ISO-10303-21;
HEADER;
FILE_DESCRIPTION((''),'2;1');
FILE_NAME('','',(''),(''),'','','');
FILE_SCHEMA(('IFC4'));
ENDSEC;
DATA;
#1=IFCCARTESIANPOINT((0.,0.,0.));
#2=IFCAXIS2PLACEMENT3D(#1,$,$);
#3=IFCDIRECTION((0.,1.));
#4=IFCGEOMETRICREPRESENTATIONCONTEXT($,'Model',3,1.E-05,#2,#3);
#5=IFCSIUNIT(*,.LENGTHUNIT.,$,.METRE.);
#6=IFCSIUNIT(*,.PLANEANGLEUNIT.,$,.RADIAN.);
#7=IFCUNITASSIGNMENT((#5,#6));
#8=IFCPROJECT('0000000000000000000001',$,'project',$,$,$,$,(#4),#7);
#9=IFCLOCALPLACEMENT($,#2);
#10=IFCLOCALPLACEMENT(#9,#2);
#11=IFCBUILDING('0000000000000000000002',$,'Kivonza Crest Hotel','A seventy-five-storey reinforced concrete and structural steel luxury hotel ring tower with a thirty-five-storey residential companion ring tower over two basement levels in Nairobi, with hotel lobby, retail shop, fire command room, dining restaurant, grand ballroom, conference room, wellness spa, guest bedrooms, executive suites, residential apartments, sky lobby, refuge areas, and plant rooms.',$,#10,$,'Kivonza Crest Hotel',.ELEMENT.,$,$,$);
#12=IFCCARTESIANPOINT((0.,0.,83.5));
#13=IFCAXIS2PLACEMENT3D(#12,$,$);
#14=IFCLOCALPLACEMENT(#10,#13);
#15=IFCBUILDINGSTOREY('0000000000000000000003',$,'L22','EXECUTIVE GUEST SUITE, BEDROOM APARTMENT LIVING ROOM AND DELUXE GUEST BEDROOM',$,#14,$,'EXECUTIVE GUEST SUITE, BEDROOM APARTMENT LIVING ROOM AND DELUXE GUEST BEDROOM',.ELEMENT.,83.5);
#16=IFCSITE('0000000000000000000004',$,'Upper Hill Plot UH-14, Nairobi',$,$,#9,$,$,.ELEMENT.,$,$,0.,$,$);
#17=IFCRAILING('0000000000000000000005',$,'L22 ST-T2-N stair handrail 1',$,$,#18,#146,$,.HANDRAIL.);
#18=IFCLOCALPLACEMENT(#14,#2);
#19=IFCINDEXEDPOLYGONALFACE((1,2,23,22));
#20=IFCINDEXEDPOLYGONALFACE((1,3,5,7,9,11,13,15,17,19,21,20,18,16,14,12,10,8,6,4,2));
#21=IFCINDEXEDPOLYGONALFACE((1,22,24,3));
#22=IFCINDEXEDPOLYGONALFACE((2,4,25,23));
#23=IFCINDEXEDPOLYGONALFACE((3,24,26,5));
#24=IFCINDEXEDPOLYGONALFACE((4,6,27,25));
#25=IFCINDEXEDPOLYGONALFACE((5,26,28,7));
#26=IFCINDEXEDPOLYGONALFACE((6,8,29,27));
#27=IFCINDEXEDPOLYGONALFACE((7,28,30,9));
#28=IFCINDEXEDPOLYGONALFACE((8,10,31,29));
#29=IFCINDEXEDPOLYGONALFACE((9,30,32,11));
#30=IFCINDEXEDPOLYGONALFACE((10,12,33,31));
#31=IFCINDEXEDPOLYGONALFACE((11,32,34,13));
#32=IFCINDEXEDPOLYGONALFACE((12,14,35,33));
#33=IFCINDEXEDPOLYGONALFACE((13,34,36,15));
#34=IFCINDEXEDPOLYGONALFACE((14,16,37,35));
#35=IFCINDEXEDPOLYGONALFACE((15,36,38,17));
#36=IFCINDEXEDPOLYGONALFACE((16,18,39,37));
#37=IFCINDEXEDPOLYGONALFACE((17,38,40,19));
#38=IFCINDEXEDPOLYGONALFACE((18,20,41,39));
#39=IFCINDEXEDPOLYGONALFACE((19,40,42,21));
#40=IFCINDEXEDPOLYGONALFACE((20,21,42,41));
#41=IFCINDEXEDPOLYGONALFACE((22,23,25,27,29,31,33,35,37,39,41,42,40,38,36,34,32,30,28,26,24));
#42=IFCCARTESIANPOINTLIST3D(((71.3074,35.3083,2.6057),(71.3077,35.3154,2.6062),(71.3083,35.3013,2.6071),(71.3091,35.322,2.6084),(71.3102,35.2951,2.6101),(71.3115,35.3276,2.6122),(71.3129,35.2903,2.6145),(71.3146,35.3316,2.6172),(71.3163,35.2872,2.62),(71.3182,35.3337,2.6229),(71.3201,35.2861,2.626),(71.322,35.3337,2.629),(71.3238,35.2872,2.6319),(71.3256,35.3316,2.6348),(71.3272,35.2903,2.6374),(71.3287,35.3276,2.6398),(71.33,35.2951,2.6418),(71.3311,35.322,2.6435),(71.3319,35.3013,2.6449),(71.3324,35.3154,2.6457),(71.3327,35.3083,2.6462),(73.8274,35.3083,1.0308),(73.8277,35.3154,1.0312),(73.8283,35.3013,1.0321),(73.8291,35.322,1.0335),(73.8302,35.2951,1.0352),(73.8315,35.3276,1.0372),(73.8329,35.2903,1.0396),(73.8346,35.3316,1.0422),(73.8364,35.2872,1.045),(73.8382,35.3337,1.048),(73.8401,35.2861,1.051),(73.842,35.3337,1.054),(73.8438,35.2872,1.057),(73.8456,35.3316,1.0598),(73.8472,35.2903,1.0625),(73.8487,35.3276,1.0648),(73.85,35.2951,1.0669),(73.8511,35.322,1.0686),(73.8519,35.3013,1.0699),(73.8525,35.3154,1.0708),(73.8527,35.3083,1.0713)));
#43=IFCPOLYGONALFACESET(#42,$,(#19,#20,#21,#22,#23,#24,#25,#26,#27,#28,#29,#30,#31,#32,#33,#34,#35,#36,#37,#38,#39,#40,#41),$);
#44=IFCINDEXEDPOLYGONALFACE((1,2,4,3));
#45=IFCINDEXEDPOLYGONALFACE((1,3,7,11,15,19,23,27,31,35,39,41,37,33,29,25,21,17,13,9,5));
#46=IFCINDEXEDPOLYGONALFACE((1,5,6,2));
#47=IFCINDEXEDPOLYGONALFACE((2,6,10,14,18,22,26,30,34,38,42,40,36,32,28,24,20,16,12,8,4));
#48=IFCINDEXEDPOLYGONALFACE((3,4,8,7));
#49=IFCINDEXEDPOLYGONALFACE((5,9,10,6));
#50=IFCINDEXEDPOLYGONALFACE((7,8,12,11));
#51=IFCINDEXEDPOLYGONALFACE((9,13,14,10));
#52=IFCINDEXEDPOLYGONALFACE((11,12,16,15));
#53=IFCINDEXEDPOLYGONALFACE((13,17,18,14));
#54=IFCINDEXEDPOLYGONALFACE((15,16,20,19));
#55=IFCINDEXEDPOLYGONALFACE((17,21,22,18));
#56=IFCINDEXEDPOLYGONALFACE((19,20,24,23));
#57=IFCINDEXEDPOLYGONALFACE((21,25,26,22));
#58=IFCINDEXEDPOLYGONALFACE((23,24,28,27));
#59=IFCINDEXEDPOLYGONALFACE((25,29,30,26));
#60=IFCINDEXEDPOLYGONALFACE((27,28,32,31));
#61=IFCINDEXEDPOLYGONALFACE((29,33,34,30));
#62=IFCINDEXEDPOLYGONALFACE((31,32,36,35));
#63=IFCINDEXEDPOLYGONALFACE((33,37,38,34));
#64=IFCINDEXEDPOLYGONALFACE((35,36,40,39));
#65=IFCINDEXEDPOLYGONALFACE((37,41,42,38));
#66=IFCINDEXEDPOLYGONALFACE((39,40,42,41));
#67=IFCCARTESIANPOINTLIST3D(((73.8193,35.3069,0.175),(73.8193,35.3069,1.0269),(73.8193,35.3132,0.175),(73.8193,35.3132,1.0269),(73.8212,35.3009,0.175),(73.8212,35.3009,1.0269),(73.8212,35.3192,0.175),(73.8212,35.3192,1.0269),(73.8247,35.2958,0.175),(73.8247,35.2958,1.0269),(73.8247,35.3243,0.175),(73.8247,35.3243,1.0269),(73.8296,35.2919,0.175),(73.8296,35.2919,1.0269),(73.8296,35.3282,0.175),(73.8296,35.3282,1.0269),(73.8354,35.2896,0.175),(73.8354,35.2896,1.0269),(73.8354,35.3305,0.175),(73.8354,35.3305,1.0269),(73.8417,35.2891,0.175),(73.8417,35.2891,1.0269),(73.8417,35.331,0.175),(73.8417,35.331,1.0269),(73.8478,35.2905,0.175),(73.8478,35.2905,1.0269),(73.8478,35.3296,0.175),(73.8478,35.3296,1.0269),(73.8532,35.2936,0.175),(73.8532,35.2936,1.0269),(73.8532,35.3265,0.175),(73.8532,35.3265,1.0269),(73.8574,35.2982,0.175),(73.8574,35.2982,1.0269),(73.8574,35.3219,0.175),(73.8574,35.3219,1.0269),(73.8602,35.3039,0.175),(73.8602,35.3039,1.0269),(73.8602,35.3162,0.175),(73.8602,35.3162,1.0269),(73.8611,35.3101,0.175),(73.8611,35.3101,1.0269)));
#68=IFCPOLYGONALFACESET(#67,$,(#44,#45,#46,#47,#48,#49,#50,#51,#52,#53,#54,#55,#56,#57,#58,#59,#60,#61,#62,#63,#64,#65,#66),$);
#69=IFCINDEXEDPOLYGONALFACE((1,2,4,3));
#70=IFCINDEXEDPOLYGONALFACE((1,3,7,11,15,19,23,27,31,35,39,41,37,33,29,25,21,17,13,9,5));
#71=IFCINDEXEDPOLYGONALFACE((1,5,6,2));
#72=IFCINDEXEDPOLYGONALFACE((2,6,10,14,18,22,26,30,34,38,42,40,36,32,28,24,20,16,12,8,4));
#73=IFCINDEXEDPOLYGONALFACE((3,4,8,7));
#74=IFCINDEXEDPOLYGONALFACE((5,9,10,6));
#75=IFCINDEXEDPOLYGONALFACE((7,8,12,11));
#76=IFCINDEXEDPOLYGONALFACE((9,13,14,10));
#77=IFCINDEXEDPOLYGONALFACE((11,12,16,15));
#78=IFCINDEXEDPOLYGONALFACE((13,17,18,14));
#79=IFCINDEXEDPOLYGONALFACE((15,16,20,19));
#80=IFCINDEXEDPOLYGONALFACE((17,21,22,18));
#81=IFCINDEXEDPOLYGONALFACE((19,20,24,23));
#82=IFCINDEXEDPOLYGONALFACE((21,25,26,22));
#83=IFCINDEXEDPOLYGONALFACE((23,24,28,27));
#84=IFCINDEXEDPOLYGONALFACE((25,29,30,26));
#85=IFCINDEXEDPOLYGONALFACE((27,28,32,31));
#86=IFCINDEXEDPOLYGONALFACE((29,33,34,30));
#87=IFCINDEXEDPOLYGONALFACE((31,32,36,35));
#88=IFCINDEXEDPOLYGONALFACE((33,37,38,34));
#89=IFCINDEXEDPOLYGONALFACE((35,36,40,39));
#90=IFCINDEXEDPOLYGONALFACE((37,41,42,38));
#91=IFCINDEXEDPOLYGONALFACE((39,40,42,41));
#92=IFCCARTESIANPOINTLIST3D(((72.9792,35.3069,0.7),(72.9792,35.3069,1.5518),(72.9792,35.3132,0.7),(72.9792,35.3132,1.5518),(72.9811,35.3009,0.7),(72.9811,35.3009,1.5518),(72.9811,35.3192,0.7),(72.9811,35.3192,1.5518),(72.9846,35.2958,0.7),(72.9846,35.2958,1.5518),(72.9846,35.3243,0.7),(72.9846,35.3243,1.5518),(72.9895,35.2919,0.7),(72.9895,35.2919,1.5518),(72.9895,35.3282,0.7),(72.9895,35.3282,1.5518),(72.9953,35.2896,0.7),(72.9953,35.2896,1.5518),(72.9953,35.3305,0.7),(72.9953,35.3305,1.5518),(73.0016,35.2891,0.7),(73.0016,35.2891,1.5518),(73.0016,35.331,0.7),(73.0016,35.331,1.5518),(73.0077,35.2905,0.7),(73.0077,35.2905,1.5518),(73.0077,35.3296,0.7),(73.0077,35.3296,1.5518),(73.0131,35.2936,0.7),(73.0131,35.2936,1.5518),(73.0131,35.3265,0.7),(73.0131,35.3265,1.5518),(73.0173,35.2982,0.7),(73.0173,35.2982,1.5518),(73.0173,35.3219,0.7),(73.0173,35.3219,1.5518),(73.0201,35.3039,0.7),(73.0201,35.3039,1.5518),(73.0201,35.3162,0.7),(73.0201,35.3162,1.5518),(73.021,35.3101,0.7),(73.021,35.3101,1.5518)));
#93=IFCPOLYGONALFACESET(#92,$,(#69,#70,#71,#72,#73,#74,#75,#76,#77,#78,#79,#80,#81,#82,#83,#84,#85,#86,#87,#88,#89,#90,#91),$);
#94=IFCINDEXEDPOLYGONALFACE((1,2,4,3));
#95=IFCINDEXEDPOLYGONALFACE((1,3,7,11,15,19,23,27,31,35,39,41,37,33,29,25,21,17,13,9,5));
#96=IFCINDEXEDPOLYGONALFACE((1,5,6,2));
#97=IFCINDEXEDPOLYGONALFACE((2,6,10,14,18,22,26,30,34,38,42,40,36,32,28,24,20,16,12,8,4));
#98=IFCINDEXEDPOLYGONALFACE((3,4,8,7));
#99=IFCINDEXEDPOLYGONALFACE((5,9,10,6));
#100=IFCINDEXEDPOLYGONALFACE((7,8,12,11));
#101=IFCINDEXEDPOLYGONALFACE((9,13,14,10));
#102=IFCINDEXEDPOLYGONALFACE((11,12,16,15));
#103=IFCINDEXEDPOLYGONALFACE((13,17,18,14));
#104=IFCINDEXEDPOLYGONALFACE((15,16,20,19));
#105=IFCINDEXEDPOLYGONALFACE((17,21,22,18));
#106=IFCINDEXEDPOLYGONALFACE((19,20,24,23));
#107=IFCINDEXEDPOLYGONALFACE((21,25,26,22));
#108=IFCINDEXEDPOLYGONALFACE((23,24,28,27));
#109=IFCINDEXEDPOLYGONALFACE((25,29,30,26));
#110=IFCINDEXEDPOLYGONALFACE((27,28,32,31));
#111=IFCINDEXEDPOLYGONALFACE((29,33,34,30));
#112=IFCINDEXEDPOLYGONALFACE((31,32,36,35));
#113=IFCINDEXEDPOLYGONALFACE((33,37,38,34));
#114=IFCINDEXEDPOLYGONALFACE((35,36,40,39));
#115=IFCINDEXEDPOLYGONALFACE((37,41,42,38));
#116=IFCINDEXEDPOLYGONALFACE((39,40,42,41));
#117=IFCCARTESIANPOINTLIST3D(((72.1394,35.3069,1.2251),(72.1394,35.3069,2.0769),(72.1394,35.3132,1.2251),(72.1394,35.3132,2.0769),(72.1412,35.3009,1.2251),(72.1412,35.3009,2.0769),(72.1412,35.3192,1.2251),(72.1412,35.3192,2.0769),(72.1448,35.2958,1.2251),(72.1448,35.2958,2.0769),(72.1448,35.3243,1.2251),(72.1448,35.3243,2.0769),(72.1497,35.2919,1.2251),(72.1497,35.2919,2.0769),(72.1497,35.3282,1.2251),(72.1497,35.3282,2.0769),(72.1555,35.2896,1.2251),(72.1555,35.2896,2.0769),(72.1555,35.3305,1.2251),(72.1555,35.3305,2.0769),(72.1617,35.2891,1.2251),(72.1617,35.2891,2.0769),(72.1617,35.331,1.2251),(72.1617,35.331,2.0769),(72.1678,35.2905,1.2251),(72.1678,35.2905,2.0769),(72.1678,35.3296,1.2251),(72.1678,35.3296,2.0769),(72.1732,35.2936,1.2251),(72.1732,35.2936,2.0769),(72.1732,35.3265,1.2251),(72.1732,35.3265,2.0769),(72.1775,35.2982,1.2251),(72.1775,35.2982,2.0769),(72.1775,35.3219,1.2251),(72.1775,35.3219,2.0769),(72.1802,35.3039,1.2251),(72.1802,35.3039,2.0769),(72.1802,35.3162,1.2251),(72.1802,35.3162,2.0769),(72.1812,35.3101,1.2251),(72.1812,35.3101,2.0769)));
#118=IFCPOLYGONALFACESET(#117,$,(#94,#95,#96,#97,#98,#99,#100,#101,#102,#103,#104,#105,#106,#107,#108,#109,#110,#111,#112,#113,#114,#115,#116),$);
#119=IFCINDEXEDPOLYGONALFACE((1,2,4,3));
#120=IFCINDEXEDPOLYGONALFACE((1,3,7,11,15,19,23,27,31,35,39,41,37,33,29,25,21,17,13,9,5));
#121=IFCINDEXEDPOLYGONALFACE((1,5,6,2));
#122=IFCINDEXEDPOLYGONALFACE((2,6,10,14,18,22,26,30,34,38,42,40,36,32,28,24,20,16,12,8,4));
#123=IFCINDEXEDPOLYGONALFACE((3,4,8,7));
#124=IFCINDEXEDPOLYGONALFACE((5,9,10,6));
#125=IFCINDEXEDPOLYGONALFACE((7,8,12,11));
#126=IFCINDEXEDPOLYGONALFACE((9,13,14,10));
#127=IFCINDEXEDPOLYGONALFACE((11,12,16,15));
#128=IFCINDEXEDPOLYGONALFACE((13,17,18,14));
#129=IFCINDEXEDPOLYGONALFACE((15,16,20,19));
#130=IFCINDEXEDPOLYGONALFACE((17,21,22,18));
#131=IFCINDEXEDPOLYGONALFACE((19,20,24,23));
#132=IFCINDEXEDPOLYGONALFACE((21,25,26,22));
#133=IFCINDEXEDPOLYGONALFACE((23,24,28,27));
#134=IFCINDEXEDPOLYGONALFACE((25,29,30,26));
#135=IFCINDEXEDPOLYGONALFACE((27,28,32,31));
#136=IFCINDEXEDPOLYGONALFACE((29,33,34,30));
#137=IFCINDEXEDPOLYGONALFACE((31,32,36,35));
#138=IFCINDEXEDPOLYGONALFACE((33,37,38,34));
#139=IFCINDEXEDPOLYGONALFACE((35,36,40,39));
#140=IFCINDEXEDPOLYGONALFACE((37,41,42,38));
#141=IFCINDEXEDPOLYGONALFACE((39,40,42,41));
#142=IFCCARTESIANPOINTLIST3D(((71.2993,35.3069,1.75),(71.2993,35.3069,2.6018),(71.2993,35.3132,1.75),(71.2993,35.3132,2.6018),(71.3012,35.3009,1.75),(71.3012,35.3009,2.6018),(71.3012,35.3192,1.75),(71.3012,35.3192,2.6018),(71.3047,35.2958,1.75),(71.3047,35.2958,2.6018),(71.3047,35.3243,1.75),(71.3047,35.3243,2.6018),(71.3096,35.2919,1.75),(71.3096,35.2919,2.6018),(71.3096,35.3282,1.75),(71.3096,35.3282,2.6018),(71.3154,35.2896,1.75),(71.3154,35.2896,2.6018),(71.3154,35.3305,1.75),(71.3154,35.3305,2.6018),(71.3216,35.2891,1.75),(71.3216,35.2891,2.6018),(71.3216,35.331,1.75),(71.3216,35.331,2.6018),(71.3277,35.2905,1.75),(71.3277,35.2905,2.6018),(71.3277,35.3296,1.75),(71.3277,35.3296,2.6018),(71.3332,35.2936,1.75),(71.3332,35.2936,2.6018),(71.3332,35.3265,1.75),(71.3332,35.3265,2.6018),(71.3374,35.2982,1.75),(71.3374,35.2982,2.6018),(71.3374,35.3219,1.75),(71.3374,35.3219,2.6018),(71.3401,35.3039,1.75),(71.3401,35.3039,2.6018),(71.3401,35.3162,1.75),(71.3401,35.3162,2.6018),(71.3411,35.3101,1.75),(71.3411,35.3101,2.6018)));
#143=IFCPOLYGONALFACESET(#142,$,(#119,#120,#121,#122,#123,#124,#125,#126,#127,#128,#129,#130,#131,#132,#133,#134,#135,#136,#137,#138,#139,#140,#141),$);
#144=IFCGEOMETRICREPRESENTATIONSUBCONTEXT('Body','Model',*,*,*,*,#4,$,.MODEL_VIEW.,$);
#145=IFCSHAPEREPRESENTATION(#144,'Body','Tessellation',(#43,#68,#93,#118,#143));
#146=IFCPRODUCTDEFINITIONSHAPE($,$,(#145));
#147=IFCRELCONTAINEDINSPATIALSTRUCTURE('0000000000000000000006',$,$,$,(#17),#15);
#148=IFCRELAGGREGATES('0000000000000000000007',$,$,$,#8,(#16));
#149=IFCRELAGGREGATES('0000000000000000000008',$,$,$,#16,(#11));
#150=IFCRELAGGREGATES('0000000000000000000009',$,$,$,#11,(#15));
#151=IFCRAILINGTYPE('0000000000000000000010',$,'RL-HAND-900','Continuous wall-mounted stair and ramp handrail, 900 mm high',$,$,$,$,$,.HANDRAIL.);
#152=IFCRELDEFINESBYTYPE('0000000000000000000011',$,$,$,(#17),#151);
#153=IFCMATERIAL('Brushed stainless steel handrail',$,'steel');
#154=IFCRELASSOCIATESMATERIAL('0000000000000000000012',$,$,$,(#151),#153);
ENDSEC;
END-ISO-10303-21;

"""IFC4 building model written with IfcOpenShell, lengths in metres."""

from ifc_helpers import new_model, si_unit, direction, frame, origin, origin_2d, place, context, subcontext, project, spatial, circle, extrude, material, type_object, element, save


model = new_model("IFC4")

# Units and contexts
model_context = context("Model", 3, precision=1e-05, world=origin(), true_north=direction((0.0, 1.0)))
body_context = subcontext(model_context, "Body", "Model", "MODEL_VIEW")
ifc_project = project(units=[si_unit("LENGTHUNIT", "METRE"), si_unit("PLANEANGLEUNIT", "RADIAN")], contexts=[model_context])

# Site, building, storey
site_placement = place(None, origin())
site = spatial("IfcSite", under=ifc_project, at=site_placement, Name="Upper Hill Plot UH-14, Nairobi", CompositionType="ELEMENT", RefElevation=0.0)
building_placement = place(site_placement, origin())
building = spatial("IfcBuilding", under=site, at=building_placement, Name="Kivonza Crest Hotel", Description="A seventy-five-storey reinforced concrete and structural steel luxury hotel ring tower with a thirty-five-storey residential companion ring tower over two basement levels in Nairobi, with hotel lobby, retail shop, fire command room, dining restaurant, grand ballroom, conference room, wellness spa, guest bedrooms, executive suites, residential apartments, sky lobby, refuge areas, and plant rooms.", LongName="Kivonza Crest Hotel", CompositionType="ELEMENT")
storey_placement = place(building_placement, frame((0.0, 0.0, 83.5)))
storey = spatial("IfcBuildingStorey", under=building, at=storey_placement, Name="L22", Description="EXECUTIVE GUEST SUITE, BEDROOM APARTMENT LIVING ROOM AND DELUXE GUEST BEDROOM", LongName="EXECUTIVE GUEST SUITE, BEDROOM APARTMENT LIVING ROOM AND DELUXE GUEST BEDROOM", CompositionType="ELEMENT", Elevation=83.5)

# Railing
ifc_material_1 = material(Name="Brushed stainless steel handrail", Category="steel")
railing_type = type_object("IfcRailingType", Name="RL-HAND-900", Description="Continuous wall-mounted stair and ramp handrail, 900 mm high", PredefinedType="HANDRAIL", material=ifc_material_1)
railing_placement = place(storey_placement, frame((73.8401, 35.3101, 0.175)))
element("IfcRailing", 1, at=railing_placement, inside=storey, type_object=railing_type, Name="L22 ST-T2-N stair handrail 1", PredefinedType="HANDRAIL", context=body_context, shape_type="SweptSolid", body=[
    extrude(circle(Radius=0.0239, at=origin_2d()), frame((0.0, 0.0, 0.876), z_axis=(-0.848008, 0.0, 0.529984), x_axis=(0.0, -1.0, 0.0)), (0.0, 0.0, 1.0), 2.9717),
    extrude(circle(Radius=0.021, at=origin_2d()), origin(), (0.0, 0.0, 1.0), 0.8518),
    extrude(circle(Radius=0.021, at=origin_2d()), frame((-0.8401, 0.0, 0.5249)), (0.0, 0.0, 1.0), 0.8518),
    extrude(circle(Radius=0.021, at=origin_2d()), frame((-1.6799, 0.0, 1.05)), (0.0, 0.0, 1.0), 0.8518),
    extrude(circle(Radius=0.021, at=origin_2d()), frame((-2.52, 0.0, 1.575)), (0.0, 0.0, 1.0), 0.8518),
])

save(model, "model.ifc")
